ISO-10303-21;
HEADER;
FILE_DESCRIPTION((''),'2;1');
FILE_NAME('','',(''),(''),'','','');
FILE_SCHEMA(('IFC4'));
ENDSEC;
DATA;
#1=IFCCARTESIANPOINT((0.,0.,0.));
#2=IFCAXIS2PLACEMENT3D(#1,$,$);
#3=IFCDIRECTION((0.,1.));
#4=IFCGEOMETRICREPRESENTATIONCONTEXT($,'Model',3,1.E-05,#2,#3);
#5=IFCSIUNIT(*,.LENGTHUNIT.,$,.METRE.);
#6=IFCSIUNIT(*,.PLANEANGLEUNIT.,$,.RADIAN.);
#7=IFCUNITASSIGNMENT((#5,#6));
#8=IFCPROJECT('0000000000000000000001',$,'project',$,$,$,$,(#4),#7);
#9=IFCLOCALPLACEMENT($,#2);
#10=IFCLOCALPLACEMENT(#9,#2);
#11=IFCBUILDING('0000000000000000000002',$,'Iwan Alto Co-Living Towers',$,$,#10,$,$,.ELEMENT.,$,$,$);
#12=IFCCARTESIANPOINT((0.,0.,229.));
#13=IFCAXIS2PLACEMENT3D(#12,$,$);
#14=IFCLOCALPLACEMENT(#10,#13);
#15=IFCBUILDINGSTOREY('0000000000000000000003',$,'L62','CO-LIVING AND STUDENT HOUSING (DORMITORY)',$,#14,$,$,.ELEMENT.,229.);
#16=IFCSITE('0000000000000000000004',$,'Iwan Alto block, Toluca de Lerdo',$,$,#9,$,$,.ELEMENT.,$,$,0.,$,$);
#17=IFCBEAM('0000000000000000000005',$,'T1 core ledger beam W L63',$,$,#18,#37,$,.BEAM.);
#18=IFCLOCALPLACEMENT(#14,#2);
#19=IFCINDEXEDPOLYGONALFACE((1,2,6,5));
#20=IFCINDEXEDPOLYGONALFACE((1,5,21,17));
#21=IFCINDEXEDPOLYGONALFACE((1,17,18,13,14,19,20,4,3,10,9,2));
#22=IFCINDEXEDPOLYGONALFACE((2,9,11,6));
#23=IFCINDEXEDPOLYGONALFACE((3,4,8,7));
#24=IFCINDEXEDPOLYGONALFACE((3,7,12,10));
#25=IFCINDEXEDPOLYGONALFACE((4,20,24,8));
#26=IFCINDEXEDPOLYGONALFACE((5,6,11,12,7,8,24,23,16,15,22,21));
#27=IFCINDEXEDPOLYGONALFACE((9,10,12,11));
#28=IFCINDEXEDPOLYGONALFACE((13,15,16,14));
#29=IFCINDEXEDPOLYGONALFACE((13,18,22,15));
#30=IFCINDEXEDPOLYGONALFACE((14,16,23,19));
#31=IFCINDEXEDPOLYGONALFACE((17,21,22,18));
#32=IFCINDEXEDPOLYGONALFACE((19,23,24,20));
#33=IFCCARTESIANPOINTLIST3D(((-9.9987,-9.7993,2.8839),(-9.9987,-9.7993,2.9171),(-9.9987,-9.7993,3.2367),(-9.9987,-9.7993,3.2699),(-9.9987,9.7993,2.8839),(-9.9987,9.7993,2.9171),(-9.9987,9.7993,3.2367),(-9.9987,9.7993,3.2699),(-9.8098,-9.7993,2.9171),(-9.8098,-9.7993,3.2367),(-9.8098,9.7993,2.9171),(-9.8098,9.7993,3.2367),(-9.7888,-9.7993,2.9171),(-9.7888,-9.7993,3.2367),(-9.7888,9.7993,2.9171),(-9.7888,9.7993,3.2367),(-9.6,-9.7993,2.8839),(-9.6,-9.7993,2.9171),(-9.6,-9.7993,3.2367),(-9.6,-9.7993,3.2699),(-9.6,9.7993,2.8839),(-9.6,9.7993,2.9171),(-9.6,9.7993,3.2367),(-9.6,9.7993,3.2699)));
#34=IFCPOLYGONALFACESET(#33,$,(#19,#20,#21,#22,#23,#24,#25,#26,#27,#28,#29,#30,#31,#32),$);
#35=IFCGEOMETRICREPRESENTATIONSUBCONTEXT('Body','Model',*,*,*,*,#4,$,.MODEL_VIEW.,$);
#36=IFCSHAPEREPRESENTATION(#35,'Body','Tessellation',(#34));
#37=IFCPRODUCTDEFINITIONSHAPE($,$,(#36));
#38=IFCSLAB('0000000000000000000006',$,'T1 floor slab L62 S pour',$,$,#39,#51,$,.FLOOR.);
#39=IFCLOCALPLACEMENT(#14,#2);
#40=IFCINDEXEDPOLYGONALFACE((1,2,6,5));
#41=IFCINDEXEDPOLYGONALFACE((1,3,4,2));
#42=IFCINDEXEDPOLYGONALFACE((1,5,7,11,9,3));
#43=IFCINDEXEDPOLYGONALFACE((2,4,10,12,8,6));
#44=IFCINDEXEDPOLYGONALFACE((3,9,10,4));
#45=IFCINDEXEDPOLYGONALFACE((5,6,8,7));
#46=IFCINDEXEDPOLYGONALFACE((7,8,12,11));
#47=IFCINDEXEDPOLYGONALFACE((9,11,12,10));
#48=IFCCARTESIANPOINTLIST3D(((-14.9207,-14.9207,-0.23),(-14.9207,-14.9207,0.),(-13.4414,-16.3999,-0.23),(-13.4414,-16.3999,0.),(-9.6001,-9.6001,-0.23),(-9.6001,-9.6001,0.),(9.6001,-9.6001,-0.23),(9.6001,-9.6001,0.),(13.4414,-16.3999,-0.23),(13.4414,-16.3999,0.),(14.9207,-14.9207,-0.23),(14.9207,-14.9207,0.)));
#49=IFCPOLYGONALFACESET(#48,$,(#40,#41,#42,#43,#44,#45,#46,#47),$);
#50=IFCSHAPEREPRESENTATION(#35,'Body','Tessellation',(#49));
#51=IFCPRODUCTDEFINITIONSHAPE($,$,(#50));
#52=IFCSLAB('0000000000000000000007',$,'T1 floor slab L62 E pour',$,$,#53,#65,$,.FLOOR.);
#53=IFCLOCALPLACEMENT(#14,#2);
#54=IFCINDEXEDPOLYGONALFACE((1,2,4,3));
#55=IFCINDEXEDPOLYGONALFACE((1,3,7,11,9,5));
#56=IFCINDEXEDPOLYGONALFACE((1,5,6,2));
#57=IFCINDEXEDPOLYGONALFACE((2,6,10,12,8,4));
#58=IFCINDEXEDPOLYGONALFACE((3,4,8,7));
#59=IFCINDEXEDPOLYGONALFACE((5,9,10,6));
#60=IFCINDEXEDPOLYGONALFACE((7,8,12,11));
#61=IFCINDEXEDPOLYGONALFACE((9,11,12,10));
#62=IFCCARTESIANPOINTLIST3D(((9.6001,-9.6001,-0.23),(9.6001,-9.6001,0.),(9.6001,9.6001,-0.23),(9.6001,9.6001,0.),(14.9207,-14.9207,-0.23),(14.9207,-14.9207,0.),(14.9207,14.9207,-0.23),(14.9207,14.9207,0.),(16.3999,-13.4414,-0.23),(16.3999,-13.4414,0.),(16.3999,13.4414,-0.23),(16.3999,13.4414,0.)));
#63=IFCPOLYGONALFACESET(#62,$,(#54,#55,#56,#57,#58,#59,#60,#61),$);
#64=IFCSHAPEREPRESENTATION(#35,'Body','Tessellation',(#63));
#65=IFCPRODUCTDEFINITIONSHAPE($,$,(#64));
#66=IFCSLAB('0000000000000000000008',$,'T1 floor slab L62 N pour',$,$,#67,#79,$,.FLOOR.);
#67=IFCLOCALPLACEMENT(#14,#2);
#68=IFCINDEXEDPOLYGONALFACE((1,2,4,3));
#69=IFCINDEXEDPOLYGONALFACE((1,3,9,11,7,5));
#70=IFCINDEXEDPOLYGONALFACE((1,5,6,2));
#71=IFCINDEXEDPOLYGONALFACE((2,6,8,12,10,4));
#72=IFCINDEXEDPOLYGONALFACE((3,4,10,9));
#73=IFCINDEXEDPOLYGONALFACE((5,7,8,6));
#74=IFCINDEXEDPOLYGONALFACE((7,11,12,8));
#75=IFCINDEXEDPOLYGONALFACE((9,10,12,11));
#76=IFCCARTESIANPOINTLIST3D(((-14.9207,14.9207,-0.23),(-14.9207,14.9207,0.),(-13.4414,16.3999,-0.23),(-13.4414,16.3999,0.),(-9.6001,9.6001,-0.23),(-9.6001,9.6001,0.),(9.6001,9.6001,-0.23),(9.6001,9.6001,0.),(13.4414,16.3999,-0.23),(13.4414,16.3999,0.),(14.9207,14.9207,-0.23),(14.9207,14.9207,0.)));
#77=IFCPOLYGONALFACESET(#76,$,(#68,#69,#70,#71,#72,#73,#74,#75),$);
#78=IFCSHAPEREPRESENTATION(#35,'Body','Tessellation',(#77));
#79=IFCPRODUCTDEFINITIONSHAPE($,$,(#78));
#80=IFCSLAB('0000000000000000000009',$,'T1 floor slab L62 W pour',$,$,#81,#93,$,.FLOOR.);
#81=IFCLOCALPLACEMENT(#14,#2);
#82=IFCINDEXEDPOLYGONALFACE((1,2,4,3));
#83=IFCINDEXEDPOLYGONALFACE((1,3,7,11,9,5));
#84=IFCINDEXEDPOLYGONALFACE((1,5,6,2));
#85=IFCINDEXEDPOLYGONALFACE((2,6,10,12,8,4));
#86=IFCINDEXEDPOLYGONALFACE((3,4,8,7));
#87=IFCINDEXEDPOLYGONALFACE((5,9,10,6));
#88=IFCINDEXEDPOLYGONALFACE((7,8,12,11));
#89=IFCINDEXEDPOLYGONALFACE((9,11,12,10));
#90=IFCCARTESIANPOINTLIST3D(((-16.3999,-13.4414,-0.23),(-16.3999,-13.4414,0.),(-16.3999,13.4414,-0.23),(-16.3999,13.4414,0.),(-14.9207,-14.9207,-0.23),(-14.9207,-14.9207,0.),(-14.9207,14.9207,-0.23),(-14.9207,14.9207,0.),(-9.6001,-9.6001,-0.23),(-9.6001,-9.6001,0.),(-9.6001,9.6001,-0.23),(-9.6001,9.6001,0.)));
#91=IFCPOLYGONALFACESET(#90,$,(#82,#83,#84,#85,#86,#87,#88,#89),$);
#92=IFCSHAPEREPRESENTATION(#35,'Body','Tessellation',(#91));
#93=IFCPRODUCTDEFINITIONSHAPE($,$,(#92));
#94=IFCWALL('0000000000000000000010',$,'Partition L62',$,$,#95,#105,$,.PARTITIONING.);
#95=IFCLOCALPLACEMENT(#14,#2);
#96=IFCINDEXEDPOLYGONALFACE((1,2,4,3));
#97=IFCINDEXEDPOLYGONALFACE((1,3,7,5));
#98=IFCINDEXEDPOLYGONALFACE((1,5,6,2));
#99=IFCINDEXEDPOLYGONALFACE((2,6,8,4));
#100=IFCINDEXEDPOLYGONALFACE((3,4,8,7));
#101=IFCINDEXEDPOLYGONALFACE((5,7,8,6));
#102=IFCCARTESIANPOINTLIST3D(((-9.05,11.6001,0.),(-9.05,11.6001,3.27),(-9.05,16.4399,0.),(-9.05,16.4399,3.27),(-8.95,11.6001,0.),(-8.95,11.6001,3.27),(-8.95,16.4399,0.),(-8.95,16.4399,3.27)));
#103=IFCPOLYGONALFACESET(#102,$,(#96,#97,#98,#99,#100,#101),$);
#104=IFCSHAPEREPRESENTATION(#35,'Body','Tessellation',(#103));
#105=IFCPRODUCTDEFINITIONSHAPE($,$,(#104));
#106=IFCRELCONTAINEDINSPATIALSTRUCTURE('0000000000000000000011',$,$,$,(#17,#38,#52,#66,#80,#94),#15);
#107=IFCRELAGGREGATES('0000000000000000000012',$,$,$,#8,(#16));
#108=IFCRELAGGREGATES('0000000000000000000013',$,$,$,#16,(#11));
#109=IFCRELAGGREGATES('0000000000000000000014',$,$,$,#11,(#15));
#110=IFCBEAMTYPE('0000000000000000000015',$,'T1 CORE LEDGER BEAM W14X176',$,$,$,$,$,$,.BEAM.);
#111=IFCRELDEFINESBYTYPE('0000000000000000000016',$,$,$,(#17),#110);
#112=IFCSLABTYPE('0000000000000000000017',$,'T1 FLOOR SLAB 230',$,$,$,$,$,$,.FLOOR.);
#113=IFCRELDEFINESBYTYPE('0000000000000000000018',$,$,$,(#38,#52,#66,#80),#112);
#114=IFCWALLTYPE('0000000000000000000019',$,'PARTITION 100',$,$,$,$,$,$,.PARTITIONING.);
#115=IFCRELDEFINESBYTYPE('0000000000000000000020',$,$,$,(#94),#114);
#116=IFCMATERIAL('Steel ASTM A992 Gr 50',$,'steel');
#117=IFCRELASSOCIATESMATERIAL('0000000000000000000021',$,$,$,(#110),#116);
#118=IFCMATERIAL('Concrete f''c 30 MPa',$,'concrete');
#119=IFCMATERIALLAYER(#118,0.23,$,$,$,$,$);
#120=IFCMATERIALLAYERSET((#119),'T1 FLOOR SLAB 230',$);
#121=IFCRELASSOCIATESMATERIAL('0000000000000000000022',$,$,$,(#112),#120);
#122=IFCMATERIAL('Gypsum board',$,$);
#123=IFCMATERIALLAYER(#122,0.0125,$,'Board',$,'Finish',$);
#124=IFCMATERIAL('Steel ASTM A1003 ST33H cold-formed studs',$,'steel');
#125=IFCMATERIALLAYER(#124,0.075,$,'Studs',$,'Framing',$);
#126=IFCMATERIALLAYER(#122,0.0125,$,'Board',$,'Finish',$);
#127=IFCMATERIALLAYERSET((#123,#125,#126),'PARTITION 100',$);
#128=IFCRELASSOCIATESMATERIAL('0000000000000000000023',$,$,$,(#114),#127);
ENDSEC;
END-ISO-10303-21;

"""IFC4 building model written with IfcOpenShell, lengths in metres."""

from ifc_helpers import new_model, si_unit, direction, frame, frame_2d, origin, origin_2d, place, context, subcontext, project, spatial, polyline, rectangle, i_section, outline, extrude, material, layer, layer_set, material_profile, profile_set, type_object, element, save


model = new_model("IFC4")

# Units and contexts
model_context = context("Model", 3, precision=1e-05, world=origin(), true_north=direction((0.0, 1.0)))
body_context = subcontext(model_context, "Body", "Model", "MODEL_VIEW")
ifc_project = project(units=[si_unit("LENGTHUNIT", "METRE"), si_unit("PLANEANGLEUNIT", "RADIAN")], contexts=[model_context])

# Site, building, storey
site_placement = place(None, origin())
site = spatial("IfcSite", under=ifc_project, at=site_placement, Name="Iwan Alto block, Toluca de Lerdo", CompositionType="ELEMENT", RefElevation=0.0)
building_placement = place(site_placement, origin())
building = spatial("IfcBuilding", under=site, at=building_placement, Name="Iwan Alto Co-Living Towers", CompositionType="ELEMENT")
storey_placement = place(building_placement, frame((0.0, 0.0, 229.0)))
storey = spatial("IfcBuildingStorey", under=building, at=storey_placement, Name="L62", Description="CO-LIVING AND STUDENT HOUSING (DORMITORY)", CompositionType="ELEMENT", Elevation=229.0)

# Beam
ifc_material_1 = material(Name="Steel ASTM A992 Gr 50", Category="steel")
ifc_material_profile = material_profile(ifc_material_1, i_section(OverallWidth=0.3987, OverallDepth=0.386, WebThickness=0.021, FlangeThickness=0.0332, at=origin_2d()), Name="W14X176")
ifc_profile_set = profile_set([ifc_material_profile], Name="Steel ASTM A992 Gr 50")
beam_type = type_object("IfcBeamType", Name="T1 CORE LEDGER BEAM W14X176", PredefinedType="BEAM", material=ifc_profile_set)
beam_placement = place(storey_placement, frame((-9.7993, 9.7993, 3.0769), z_axis=(0.0, -1.0, 0.0), x_axis=(1.0, 0.0, 0.0)))
element("IfcBeam", 1, at=beam_placement, inside=storey, type_object=beam_type, Name="T1 core ledger beam W L63", PredefinedType="BEAM", context=body_context, shape_type="SweptSolid", body=[
    extrude(i_section(OverallWidth=0.3987, OverallDepth=0.386, WebThickness=0.021, FlangeThickness=0.0332, at=origin_2d()), origin(), (0.0, 0.0, 1.0), 19.5986),
])

# Slabs
ifc_material_2 = material(Name="Concrete f'c 30 MPa", Category="concrete")
ifc_layer_1 = layer(ifc_material_2, 0.23)
ifc_layer_set_1 = layer_set([ifc_layer_1], Name="T1 FLOOR SLAB 230")
slab_type = type_object("IfcSlabType", Name="T1 FLOOR SLAB 230", PredefinedType="FLOOR", material=ifc_layer_set_1)
slab_1_placement = place(storey_placement, frame((0.0, 0.0, -0.23)))
element("IfcSlab", 2, at=slab_1_placement, inside=storey, type_object=slab_type, Name="T1 floor slab L62 S pour", PredefinedType="FLOOR", context=body_context, shape_type="SweptSolid", body=[
    extrude(outline(polyline([(13.4414, -16.3999), (-13.4414, -16.3999), (-14.9207, -14.9207), (-9.6001, -9.6001), (9.6001, -9.6001), (14.9207, -14.9207), (13.4414, -16.3999)])), origin(), (0.0, 0.0, 1.0), 0.23),
])
slab_2_placement = place(storey_placement, frame((0.0, 0.0, -0.23)))
element("IfcSlab", 3, at=slab_2_placement, inside=storey, type_object=slab_type, Name="T1 floor slab L62 E pour", PredefinedType="FLOOR", context=body_context, shape_type="SweptSolid", body=[
    extrude(outline(polyline([(16.3999, 13.4414), (16.3999, -13.4414), (14.9207, -14.9207), (9.6001, -9.6001), (9.6001, 9.6001), (14.9207, 14.9207), (16.3999, 13.4414)])), origin(), (0.0, 0.0, 1.0), 0.23),
])
slab_3_placement = place(storey_placement, frame((0.0, 0.0, -0.23)))
element("IfcSlab", 4, at=slab_3_placement, inside=storey, type_object=slab_type, Name="T1 floor slab L62 N pour", PredefinedType="FLOOR", context=body_context, shape_type="SweptSolid", body=[
    extrude(outline(polyline([(-13.4414, 16.3999), (13.4414, 16.3999), (14.9207, 14.9207), (9.6001, 9.6001), (-9.6001, 9.6001), (-14.9207, 14.9207), (-13.4414, 16.3999)])), origin(), (0.0, 0.0, 1.0), 0.23),
])
slab_4_placement = place(storey_placement, frame((0.0, 0.0, -0.23)))
element("IfcSlab", 5, at=slab_4_placement, inside=storey, type_object=slab_type, Name="T1 floor slab L62 W pour", PredefinedType="FLOOR", context=body_context, shape_type="SweptSolid", body=[
    extrude(outline(polyline([(-16.3999, 13.4414), (-14.9207, 14.9207), (-9.6001, 9.6001), (-9.6001, -9.6001), (-14.9207, -14.9207), (-16.3999, -13.4414), (-16.3999, 13.4414)])), origin(), (0.0, 0.0, 1.0), 0.23),
])

# Wall
ifc_material_3 = material(Name="Gypsum board")
ifc_layer_2 = layer(ifc_material_3, 0.0125, Name="Board", Category="Finish")
ifc_material_4 = material(Name="Steel ASTM A1003 ST33H cold-formed studs", Category="steel")
ifc_layer_3 = layer(ifc_material_4, 0.075, Name="Studs", Category="Framing")
ifc_layer_4 = layer(ifc_material_3, 0.0125, Name="Board", Category="Finish")
ifc_layer_set_2 = layer_set([ifc_layer_2, ifc_layer_3, ifc_layer_4], Name="PARTITION 100")
wall_type_1 = type_object("IfcWallType", Name="PARTITION 100", PredefinedType="PARTITIONING", material=ifc_layer_set_2)
wall_1_placement = place(storey_placement, frame((-9.0, 11.6001, 0.0), z_axis=(0.0, 0.0, 1.0), x_axis=(0.0, 1.0, 0.0)))
element("IfcWall", 6, at=wall_1_placement, inside=storey, type_object=wall_type_1, Name="Partition L62", PredefinedType="PARTITIONING", context=body_context, shape_type="SweptSolid", body=[
    extrude(rectangle(XDim=4.8398, YDim=0.1001, at=frame_2d((2.4199, 0.0))), origin(), (0.0, 0.0, 1.0), 3.27),
])

save(model, "model.ifc")
